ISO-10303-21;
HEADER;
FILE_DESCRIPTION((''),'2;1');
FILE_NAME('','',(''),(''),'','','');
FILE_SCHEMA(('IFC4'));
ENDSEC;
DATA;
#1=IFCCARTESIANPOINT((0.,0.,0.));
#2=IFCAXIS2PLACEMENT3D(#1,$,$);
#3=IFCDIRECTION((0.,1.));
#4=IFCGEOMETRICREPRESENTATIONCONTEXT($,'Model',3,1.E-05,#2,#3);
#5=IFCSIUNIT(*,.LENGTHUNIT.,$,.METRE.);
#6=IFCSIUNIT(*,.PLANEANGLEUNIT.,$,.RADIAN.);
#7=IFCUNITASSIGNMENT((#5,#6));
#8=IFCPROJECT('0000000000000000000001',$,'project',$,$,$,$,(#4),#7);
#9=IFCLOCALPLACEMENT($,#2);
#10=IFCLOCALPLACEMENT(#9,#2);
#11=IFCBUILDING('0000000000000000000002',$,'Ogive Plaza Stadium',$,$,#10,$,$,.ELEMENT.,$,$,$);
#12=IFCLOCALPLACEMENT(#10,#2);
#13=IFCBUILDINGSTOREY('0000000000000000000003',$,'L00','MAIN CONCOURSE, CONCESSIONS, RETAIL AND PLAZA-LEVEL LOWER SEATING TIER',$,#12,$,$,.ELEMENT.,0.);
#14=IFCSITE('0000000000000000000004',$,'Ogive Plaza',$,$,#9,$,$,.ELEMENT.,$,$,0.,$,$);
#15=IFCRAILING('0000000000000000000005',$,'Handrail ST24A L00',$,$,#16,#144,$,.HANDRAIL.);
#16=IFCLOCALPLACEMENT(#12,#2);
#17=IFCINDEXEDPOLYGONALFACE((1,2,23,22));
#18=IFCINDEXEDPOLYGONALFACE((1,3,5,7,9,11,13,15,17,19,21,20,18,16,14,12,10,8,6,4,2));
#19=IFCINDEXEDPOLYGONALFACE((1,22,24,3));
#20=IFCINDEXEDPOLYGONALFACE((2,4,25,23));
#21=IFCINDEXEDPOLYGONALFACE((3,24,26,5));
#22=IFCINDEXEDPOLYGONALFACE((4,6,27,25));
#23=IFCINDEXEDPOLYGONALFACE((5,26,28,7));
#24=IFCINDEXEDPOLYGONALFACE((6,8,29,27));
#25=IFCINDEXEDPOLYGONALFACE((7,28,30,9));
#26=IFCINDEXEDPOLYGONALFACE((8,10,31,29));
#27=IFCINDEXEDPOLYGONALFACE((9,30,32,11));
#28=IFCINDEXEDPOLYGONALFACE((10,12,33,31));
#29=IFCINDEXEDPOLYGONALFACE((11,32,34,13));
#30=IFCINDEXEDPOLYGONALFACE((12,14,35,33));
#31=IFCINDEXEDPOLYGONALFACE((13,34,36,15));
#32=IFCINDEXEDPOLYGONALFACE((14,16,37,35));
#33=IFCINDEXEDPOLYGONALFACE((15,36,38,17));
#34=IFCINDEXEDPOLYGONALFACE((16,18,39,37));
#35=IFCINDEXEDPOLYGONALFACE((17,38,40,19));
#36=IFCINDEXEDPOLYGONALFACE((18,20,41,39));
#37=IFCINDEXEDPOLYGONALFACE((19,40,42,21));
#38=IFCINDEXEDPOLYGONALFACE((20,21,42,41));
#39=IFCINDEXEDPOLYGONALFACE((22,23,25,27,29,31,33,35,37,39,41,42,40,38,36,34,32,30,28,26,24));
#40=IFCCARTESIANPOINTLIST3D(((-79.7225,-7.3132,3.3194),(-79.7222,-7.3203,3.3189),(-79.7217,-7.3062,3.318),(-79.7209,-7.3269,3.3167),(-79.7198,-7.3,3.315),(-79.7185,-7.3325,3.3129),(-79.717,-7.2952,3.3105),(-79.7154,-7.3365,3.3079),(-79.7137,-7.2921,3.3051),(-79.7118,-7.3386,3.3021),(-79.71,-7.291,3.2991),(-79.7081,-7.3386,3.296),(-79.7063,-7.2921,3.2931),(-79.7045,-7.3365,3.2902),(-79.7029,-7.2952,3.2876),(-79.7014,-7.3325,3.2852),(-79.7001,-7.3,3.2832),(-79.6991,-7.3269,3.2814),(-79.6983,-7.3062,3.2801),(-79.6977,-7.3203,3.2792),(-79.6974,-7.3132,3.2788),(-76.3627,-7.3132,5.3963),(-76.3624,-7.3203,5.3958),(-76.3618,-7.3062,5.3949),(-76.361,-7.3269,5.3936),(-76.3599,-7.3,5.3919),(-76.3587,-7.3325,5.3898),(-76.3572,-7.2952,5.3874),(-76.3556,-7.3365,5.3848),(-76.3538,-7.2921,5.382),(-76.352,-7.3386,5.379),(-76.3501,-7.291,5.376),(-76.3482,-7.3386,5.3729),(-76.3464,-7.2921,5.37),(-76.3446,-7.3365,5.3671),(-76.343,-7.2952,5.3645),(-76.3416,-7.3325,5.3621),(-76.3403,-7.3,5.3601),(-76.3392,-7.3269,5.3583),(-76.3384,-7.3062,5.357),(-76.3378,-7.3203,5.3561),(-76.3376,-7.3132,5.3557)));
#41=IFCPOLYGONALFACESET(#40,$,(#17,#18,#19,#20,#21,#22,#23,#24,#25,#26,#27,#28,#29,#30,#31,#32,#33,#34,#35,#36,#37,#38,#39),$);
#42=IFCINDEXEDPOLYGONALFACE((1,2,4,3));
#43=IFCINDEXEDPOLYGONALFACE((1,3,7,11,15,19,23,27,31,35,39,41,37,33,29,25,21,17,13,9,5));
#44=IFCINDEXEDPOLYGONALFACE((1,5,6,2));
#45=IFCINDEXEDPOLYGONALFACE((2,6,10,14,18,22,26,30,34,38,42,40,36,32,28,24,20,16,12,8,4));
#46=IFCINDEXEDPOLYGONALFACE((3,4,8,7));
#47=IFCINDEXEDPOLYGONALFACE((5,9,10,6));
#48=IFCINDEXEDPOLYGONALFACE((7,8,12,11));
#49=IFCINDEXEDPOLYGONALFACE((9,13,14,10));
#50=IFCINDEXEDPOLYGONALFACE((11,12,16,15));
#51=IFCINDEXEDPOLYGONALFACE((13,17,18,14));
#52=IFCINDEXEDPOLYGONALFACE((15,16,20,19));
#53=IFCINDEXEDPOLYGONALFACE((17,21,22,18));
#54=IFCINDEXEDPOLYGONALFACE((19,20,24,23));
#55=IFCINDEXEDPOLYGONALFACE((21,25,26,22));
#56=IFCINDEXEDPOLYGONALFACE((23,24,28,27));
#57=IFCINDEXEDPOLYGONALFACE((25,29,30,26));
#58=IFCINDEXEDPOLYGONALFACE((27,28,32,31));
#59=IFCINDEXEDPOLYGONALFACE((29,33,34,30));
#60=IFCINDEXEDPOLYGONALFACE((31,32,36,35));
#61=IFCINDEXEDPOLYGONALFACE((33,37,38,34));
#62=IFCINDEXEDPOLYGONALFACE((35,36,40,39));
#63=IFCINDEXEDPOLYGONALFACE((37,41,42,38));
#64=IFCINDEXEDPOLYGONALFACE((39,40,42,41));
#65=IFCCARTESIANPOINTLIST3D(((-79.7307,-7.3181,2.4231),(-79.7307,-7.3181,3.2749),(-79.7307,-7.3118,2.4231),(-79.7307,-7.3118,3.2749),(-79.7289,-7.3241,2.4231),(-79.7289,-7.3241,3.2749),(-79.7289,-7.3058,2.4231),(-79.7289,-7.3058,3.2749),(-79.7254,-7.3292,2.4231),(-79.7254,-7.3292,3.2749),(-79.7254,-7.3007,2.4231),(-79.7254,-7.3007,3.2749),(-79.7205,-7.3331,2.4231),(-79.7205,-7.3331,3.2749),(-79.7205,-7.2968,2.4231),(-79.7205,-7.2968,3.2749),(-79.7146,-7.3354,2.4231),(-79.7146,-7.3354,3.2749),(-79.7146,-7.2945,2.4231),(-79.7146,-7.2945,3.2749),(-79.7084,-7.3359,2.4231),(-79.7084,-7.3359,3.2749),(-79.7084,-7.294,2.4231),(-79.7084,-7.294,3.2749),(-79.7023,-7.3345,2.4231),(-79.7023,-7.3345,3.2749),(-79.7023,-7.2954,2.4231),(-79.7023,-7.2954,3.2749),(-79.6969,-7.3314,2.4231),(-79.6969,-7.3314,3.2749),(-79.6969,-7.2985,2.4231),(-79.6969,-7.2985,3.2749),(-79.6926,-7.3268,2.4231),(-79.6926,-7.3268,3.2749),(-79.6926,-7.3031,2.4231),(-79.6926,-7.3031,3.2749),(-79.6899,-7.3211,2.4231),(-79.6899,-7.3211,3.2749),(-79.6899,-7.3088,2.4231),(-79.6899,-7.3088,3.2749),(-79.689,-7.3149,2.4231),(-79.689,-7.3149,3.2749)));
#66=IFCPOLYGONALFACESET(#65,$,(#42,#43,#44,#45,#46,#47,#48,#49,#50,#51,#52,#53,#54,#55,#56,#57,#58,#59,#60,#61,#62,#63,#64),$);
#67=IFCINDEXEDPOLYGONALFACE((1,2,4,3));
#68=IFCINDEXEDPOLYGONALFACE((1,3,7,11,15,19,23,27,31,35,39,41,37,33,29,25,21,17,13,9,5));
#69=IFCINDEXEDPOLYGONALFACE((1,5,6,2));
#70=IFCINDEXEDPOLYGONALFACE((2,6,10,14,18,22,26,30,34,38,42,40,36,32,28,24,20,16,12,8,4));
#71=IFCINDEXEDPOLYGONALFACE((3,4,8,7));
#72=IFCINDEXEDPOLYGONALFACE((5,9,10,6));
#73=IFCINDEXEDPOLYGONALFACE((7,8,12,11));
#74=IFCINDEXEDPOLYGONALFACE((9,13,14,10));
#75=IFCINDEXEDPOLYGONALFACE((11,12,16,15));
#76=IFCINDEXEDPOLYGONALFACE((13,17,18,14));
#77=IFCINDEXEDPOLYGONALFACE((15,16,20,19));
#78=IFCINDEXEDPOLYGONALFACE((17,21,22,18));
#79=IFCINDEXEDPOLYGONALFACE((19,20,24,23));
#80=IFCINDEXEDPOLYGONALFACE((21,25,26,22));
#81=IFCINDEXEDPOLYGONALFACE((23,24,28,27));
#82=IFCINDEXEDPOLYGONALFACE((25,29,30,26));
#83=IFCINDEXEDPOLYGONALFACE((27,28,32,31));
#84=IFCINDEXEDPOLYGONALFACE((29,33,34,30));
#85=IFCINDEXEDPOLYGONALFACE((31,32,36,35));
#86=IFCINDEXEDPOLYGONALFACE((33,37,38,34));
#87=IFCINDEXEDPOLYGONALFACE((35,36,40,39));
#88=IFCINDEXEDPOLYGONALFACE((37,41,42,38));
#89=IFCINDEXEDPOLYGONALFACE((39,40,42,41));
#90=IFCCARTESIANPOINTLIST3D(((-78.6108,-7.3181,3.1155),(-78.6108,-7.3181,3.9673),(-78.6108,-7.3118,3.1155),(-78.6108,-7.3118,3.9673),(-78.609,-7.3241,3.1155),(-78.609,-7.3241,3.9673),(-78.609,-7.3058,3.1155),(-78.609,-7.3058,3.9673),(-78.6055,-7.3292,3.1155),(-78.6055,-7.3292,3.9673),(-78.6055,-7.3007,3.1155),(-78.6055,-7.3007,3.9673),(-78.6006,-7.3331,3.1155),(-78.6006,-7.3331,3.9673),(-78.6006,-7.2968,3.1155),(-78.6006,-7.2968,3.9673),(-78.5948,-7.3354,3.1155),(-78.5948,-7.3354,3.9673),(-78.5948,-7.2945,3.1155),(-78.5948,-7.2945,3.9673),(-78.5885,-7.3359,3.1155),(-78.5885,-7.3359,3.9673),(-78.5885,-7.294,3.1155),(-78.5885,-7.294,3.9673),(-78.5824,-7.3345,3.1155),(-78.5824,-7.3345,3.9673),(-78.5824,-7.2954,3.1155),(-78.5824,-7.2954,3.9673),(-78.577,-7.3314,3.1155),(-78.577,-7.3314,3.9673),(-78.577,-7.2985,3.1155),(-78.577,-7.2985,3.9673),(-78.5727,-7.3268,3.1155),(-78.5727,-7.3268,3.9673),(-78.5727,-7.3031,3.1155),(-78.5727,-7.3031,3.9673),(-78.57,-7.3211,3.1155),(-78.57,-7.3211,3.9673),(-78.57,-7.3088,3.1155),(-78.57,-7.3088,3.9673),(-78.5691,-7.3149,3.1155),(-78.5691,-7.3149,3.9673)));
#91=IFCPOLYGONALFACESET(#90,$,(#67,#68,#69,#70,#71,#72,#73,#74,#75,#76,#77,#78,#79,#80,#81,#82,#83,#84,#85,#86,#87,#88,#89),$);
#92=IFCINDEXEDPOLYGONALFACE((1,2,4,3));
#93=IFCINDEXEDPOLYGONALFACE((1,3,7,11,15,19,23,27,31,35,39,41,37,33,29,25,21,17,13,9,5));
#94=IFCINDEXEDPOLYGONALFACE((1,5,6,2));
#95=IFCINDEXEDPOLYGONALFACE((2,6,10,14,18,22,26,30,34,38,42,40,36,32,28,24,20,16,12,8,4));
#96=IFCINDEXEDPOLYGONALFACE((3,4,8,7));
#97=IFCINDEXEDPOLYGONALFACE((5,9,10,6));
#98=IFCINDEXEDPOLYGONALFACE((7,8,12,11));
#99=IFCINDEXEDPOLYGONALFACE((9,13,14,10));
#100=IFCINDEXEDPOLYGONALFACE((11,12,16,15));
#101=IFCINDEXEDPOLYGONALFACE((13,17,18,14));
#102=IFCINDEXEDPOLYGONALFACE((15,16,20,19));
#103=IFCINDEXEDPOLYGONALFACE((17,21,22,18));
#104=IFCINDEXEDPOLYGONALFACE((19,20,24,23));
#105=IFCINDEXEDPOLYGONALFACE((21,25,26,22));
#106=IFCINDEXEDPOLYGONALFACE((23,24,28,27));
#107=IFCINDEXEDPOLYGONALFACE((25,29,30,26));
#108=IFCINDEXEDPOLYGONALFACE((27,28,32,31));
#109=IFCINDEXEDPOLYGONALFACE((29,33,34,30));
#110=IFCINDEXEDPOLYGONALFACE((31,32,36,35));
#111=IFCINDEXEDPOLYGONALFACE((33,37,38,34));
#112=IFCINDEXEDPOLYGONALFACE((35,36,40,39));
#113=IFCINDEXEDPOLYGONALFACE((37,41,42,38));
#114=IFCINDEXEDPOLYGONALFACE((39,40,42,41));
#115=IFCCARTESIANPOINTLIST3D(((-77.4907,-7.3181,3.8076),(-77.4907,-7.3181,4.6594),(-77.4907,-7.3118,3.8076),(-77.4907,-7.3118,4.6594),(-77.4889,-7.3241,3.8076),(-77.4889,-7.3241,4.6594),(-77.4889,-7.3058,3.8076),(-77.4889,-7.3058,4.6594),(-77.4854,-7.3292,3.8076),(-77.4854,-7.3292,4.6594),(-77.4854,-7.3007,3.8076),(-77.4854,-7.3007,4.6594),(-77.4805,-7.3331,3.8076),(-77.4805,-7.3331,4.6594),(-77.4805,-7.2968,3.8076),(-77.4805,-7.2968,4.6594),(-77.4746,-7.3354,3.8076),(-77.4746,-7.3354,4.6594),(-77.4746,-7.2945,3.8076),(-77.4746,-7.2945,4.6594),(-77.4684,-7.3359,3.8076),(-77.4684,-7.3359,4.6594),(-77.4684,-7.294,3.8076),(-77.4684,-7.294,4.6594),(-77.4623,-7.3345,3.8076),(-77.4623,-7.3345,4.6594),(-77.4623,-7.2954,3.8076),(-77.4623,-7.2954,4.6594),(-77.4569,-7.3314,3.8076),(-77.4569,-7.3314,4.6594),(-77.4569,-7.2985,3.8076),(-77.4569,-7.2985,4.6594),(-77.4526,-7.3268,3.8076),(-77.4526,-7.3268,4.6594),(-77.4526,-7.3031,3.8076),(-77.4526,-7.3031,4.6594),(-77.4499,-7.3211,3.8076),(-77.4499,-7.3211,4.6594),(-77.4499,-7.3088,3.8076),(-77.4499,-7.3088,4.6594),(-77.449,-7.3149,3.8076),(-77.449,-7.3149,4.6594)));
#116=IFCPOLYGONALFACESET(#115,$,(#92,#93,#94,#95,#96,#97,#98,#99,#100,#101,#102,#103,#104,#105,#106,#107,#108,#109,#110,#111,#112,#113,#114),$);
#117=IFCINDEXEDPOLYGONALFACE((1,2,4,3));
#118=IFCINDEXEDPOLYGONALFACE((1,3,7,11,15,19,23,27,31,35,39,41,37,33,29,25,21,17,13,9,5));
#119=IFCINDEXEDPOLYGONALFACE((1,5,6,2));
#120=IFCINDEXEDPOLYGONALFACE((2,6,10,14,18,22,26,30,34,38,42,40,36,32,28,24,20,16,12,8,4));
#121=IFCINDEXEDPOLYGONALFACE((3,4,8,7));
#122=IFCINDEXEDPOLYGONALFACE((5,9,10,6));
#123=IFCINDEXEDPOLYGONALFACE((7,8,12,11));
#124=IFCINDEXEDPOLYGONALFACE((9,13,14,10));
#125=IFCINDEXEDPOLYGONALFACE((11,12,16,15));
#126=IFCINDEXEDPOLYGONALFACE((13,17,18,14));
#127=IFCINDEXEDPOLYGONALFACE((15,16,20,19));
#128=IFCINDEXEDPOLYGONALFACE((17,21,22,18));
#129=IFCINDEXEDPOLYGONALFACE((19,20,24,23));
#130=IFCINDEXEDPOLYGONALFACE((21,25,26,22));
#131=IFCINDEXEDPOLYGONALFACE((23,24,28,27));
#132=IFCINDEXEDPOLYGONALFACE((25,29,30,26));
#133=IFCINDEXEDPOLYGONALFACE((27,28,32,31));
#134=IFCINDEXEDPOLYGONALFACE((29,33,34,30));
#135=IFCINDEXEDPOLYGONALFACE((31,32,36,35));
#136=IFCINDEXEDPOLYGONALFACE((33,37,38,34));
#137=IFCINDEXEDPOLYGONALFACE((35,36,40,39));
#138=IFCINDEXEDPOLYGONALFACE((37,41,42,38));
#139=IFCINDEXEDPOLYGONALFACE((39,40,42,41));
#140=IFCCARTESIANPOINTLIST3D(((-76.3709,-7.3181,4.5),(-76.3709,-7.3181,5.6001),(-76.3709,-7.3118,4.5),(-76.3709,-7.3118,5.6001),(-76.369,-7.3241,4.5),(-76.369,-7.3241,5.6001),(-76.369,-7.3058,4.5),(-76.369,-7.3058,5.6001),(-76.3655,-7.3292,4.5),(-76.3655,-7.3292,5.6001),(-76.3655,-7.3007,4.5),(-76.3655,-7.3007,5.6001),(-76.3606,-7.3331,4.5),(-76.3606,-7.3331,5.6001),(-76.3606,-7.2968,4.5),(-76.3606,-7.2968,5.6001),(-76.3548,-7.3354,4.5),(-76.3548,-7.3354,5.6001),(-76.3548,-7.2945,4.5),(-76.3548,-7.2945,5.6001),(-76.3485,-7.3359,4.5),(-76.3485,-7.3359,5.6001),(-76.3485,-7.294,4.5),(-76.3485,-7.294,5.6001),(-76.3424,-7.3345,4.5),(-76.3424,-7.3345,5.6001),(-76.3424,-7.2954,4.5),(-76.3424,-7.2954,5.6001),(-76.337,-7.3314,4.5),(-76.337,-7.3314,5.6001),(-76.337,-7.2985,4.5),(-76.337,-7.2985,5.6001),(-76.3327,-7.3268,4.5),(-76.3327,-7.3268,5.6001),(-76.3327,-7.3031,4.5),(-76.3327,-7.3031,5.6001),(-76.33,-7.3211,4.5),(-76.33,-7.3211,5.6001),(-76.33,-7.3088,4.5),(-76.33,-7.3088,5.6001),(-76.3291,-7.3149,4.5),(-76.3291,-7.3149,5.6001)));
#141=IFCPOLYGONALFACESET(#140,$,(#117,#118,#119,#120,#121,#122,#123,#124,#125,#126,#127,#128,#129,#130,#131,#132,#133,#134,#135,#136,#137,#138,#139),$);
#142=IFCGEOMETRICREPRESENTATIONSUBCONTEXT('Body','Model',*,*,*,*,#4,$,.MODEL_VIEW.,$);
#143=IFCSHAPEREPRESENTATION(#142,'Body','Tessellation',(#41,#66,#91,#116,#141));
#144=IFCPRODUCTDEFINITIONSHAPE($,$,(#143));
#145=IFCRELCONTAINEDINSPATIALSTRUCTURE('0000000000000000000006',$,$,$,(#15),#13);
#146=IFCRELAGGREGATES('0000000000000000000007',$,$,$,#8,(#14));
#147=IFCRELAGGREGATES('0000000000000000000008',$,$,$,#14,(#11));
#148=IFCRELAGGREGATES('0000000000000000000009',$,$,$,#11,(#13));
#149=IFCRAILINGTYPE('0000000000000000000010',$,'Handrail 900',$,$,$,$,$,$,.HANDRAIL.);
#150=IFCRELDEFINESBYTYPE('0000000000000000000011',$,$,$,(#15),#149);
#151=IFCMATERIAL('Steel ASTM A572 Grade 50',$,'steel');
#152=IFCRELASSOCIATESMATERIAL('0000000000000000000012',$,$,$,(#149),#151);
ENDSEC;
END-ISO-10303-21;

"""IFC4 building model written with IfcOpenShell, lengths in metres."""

from ifc_helpers import new_model, si_unit, direction, frame, origin, origin_2d, place, context, subcontext, project, spatial, circle, extrude, material, type_object, element, save


model = new_model("IFC4")

# Units and contexts
model_context = context("Model", 3, precision=1e-05, world=origin(), true_north=direction((0.0, 1.0)))
body_context = subcontext(model_context, "Body", "Model", "MODEL_VIEW")
ifc_project = project(units=[si_unit("LENGTHUNIT", "METRE"), si_unit("PLANEANGLEUNIT", "RADIAN")], contexts=[model_context])

# Site, building, storey
site_placement = place(None, origin())
site = spatial("IfcSite", under=ifc_project, at=site_placement, Name="Ogive Plaza", CompositionType="ELEMENT", RefElevation=0.0)
building_placement = place(site_placement, origin())
building = spatial("IfcBuilding", under=site, at=building_placement, Name="Ogive Plaza Stadium", CompositionType="ELEMENT")
storey_placement = place(building_placement, origin())
storey = spatial("IfcBuildingStorey", under=building, at=storey_placement, Name="L00", Description="MAIN CONCOURSE, CONCESSIONS, RETAIL AND PLAZA-LEVEL LOWER SEATING TIER", CompositionType="ELEMENT", Elevation=0.0)

# Railing
ifc_material_1 = material(Name="Steel ASTM A572 Grade 50", Category="steel")
railing_type_1 = type_object("IfcRailingType", Name="Handrail 900", PredefinedType="HANDRAIL", material=ifc_material_1)
for number, where, name in (
    (1, (-79.71, -7.3149, 2.4231), "Handrail ST24A L00"),
):
    element("IfcRailing", number, at=place(storey_placement, frame(where)), inside=storey, type_object=railing_type_1, Name=name, PredefinedType="HANDRAIL", context=body_context, shape_type="SweptSolid", body=[
        extrude(circle(Radius=0.0239, at=origin_2d()), frame((0.0, 0.0, 0.876), z_axis=(0.850606, 0.0, 0.525803), x_axis=(0.0, 1.0, 0.0)), (0.0, 0.0, 1.0), 3.95),
        extrude(circle(Radius=0.021, at=origin_2d()), origin(), (0.0, 0.0, 1.0), 0.8518),
        extrude(circle(Radius=0.021, at=origin_2d()), frame((1.1199, 0.0, 0.6924)), (0.0, 0.0, 1.0), 0.8518),
        extrude(circle(Radius=0.021, at=origin_2d()), frame((2.24, 0.0, 1.3845)), (0.0, 0.0, 1.0), 0.8518),
        extrude(circle(Radius=0.021, at=origin_2d()), frame((3.3599, 0.0, 2.0769)), (0.0, 0.0, 1.0), 1.1001),
    ])

save(model, "model.ifc")
